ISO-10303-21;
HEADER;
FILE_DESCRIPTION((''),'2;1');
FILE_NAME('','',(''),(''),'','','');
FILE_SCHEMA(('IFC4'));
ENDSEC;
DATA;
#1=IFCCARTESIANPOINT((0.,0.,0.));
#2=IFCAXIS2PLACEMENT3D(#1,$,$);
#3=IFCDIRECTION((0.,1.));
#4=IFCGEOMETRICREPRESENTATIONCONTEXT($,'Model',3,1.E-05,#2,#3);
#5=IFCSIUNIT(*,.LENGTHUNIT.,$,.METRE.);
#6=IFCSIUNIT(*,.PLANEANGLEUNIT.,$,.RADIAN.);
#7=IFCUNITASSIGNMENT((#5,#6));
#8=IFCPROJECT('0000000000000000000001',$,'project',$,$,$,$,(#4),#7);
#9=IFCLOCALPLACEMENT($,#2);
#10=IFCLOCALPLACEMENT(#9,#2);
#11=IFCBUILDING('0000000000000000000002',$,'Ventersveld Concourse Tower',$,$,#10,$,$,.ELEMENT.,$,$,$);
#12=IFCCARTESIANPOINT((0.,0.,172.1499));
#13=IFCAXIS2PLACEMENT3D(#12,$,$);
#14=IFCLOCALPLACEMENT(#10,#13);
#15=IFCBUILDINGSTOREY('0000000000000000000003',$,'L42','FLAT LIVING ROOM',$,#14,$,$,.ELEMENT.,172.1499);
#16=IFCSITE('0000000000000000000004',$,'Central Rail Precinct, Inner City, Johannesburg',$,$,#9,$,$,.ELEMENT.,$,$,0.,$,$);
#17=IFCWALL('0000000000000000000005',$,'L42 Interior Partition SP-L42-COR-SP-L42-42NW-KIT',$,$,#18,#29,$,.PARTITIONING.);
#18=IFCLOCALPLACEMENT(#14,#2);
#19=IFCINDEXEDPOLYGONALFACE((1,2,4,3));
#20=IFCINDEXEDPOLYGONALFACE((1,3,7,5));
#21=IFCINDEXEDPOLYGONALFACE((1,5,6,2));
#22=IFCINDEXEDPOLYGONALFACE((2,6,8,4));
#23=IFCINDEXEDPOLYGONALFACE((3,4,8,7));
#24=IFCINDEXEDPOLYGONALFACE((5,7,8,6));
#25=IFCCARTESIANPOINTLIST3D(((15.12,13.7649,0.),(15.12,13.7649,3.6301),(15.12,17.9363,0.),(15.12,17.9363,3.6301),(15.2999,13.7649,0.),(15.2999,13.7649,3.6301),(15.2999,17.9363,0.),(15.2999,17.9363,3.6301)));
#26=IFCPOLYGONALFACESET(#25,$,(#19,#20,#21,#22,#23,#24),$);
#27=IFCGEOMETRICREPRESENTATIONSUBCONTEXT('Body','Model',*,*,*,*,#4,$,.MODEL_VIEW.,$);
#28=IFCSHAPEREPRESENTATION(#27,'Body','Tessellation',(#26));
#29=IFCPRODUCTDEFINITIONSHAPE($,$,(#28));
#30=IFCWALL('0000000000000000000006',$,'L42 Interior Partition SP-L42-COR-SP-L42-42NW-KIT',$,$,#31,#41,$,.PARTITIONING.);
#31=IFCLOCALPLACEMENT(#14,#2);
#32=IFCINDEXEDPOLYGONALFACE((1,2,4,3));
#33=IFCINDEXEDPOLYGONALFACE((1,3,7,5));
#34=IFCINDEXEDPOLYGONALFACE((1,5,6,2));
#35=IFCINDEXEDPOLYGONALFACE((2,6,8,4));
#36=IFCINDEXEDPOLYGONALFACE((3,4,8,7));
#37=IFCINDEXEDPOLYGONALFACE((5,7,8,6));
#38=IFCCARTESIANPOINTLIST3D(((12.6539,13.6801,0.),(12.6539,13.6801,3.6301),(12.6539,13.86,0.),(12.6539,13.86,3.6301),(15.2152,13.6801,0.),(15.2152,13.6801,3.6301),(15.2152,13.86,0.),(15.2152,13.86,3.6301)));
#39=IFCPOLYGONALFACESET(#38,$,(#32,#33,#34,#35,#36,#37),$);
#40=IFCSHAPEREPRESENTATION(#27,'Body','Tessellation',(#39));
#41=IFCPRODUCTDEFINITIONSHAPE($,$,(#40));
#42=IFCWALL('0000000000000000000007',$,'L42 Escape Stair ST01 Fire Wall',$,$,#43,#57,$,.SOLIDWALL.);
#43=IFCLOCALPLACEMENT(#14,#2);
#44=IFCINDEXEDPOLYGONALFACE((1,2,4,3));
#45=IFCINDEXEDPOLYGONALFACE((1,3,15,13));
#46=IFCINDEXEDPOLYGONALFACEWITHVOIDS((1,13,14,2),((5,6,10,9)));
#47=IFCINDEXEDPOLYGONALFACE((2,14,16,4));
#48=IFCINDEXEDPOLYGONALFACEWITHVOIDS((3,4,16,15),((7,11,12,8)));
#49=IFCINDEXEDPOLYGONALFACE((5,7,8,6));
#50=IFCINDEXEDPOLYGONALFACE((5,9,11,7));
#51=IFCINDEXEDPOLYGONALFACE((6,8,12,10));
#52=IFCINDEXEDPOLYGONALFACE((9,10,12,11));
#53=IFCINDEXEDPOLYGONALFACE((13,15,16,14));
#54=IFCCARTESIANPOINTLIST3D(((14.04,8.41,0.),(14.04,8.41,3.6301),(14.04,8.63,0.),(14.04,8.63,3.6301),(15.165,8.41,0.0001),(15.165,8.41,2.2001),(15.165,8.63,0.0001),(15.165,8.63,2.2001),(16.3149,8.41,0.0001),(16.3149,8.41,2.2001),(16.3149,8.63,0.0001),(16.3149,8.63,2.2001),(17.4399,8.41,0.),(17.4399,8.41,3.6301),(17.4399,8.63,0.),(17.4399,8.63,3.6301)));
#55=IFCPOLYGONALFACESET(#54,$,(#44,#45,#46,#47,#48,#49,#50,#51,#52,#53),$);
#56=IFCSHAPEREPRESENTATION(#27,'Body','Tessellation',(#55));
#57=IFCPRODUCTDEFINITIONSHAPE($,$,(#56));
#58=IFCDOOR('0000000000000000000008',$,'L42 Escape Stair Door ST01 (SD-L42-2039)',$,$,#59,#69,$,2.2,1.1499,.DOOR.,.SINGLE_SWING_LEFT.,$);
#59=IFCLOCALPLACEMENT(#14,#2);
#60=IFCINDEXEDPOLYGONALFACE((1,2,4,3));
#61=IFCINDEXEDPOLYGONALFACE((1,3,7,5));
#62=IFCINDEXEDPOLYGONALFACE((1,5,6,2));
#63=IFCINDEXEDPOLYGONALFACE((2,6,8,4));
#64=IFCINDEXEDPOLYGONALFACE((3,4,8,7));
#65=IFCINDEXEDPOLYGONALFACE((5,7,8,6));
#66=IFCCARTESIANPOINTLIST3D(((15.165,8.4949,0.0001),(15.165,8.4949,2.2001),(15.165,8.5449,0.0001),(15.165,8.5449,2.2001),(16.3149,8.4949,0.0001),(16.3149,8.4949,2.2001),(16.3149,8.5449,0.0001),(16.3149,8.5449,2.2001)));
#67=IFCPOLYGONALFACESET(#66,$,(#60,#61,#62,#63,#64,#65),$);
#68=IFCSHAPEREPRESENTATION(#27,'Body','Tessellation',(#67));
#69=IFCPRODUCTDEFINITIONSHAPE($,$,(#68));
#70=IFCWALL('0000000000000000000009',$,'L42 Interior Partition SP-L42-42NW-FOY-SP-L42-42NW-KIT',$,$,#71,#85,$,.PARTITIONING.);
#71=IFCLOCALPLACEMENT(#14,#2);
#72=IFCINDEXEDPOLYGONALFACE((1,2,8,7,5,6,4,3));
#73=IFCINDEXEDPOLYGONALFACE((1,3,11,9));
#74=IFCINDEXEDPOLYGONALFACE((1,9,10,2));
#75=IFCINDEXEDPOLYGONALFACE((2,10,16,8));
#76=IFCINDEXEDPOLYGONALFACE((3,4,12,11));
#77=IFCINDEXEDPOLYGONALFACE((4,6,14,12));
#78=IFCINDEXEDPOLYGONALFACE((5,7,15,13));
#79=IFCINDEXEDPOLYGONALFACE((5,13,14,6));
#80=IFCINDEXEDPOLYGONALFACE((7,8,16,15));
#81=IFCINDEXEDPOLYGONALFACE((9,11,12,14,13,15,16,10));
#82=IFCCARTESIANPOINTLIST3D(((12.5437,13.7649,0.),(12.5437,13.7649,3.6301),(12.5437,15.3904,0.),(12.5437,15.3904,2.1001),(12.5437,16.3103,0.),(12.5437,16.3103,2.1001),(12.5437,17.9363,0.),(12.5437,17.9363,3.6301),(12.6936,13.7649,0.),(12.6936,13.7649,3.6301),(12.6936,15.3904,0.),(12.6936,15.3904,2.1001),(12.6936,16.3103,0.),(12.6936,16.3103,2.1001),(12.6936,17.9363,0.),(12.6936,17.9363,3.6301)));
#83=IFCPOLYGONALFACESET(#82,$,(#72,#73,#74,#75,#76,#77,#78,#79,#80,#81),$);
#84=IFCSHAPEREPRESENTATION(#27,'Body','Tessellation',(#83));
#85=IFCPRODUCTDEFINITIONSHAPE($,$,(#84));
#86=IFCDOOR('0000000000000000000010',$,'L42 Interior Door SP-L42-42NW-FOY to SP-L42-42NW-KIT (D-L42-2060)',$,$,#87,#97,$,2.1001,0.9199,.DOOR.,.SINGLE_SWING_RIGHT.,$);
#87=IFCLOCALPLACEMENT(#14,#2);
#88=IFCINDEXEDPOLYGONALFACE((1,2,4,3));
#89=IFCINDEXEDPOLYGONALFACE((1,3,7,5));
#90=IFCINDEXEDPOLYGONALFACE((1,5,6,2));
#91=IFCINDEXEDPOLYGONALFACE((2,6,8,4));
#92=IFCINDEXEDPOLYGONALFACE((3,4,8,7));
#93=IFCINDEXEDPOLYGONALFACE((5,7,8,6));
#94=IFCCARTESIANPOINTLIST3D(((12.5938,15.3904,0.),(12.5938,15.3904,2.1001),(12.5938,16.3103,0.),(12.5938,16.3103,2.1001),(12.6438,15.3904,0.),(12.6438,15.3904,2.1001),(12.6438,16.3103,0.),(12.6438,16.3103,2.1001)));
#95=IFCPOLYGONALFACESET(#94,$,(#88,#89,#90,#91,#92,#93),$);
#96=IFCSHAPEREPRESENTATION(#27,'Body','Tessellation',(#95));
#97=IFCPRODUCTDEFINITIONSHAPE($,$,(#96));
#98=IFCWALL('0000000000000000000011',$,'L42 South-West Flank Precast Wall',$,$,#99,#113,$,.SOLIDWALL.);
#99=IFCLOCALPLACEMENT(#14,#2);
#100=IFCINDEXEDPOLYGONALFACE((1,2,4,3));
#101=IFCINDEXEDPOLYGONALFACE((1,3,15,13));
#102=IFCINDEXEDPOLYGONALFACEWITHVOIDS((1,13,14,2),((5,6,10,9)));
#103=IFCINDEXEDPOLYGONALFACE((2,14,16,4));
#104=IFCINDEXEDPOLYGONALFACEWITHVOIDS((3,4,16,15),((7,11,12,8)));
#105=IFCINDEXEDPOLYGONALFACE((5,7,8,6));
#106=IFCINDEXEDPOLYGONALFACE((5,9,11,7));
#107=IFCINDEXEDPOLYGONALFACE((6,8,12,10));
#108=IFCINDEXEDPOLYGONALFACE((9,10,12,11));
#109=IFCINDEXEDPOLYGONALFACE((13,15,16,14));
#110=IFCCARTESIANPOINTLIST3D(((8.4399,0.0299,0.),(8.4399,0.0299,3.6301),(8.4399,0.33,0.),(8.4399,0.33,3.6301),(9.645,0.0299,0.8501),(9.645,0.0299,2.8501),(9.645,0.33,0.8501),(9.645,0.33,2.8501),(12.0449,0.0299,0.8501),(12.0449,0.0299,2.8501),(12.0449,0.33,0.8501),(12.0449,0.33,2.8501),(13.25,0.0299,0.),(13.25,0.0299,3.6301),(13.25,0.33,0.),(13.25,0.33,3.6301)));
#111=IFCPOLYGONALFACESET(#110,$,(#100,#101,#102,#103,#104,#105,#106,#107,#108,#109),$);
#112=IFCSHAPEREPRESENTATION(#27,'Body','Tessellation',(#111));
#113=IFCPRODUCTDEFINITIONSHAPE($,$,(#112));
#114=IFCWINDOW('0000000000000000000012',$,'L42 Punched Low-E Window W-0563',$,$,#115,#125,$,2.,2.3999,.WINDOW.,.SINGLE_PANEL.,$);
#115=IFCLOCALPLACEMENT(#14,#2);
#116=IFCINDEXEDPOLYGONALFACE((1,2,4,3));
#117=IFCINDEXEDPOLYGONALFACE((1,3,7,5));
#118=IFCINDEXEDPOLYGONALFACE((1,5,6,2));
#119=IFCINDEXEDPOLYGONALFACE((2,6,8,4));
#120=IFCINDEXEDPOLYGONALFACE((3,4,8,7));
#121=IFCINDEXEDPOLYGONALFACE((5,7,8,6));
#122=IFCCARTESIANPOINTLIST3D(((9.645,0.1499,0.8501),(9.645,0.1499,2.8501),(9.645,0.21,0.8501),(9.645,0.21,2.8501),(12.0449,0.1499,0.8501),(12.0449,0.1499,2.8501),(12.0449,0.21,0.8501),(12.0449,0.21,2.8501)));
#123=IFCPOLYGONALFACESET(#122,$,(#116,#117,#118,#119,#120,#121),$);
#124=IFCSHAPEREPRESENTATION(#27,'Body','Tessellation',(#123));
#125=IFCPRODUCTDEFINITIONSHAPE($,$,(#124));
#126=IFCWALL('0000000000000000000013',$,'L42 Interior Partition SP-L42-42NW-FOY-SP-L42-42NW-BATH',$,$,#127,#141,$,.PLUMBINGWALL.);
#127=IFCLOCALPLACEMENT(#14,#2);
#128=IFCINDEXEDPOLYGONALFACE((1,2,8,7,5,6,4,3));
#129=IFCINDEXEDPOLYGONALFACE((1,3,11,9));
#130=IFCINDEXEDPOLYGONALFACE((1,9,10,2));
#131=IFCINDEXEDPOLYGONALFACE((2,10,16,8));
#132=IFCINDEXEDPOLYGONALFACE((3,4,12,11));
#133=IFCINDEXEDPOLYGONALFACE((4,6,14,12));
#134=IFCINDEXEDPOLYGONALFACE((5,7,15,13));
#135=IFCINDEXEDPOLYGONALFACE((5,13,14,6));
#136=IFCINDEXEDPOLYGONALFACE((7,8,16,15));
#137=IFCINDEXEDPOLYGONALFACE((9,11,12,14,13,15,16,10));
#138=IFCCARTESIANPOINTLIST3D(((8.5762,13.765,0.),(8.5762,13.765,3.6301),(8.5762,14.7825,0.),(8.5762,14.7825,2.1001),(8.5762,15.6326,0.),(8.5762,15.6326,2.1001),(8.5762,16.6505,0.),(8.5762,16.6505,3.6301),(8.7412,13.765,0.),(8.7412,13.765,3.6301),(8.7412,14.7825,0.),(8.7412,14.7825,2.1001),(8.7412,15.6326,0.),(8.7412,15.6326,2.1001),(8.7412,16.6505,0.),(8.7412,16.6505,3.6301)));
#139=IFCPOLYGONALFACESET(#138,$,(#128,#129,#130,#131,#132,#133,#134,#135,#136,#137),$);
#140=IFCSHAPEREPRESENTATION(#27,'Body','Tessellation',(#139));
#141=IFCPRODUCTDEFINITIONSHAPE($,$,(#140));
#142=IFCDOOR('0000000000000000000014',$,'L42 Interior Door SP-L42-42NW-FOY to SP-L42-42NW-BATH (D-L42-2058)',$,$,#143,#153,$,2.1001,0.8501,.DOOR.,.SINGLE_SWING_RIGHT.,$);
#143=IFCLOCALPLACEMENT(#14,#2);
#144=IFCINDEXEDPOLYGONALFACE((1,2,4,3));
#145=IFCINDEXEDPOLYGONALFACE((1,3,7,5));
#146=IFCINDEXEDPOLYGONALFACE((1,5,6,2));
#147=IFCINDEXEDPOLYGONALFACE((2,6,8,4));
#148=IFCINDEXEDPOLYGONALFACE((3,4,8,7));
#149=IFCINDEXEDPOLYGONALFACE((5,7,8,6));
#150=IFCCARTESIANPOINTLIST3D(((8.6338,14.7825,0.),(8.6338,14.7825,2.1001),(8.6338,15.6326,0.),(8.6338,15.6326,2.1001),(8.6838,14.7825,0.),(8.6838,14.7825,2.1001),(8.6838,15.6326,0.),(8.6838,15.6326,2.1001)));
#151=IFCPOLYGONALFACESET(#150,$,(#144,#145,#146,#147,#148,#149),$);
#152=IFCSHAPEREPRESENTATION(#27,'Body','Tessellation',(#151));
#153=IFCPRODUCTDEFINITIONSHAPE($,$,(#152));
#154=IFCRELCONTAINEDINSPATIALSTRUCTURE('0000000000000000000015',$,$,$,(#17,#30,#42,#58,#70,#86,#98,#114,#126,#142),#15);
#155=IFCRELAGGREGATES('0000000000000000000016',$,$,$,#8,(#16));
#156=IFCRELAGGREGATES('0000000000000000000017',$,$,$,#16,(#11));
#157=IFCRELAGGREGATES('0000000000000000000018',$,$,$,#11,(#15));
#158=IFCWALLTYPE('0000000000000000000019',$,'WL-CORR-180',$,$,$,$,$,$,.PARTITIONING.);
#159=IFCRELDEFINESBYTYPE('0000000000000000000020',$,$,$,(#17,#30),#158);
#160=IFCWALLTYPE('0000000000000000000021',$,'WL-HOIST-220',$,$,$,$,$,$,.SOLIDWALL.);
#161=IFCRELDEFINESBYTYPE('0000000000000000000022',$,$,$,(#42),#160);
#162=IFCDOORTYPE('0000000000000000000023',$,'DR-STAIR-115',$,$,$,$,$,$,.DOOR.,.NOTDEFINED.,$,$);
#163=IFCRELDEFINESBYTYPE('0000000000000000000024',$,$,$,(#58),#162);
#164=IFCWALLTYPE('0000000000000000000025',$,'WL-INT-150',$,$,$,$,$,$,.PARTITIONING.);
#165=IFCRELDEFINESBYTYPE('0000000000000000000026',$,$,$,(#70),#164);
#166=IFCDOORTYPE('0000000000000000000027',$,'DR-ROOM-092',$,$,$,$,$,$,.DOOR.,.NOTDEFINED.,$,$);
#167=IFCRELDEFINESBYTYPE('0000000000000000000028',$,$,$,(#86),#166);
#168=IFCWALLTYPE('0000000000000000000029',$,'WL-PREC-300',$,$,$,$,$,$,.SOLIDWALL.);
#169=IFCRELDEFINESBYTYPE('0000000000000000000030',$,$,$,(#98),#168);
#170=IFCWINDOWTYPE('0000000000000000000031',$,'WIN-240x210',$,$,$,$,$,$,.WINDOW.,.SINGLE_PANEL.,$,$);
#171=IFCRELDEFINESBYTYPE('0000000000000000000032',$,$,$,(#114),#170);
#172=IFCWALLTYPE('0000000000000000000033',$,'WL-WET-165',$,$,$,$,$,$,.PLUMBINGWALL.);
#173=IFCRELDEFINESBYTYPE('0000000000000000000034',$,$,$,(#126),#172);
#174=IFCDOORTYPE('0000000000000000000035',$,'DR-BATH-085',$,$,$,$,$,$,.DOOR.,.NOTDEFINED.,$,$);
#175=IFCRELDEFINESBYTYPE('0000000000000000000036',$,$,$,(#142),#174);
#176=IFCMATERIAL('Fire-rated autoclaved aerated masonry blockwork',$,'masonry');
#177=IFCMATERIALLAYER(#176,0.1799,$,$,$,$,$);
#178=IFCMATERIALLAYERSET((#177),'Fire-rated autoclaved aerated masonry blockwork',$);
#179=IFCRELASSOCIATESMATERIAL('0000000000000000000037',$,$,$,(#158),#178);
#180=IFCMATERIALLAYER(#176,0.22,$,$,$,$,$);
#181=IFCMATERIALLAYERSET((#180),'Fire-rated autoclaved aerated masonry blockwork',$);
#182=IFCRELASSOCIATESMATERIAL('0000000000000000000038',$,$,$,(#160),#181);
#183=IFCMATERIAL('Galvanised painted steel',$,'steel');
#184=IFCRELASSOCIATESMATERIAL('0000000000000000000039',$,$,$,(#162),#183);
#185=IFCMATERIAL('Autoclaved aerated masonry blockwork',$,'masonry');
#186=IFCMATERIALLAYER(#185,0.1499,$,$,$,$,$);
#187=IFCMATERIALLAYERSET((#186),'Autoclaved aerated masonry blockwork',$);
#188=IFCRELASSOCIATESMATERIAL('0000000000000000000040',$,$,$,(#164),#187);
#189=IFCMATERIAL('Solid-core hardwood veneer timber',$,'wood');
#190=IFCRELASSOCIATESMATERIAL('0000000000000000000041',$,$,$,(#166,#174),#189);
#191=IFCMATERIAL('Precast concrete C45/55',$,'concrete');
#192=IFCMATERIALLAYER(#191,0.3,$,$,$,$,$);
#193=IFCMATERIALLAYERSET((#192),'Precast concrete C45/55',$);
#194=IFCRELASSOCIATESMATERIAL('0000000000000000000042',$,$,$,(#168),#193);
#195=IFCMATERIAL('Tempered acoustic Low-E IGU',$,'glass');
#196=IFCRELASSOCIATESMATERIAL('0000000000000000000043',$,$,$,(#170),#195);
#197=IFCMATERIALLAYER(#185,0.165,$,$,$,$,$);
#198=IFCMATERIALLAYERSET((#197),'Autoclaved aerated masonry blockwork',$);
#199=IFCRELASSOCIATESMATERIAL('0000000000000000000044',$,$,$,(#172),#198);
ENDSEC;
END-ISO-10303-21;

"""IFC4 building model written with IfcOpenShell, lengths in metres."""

from ifc_helpers import new_model, si_unit, direction, frame, frame_2d, origin, place, context, subcontext, project, spatial, rectangle, extrude, material, layer, layer_set, type_object, element, fill, save


model = new_model("IFC4")

# Units and contexts
model_context = context("Model", 3, precision=1e-05, world=origin(), true_north=direction((0.0, 1.0)))
body_context = subcontext(model_context, "Body", "Model", "MODEL_VIEW")
ifc_project = project(units=[si_unit("LENGTHUNIT", "METRE"), si_unit("PLANEANGLEUNIT", "RADIAN")], contexts=[model_context])

# Site, building, storey
site_placement = place(None, origin())
site = spatial("IfcSite", under=ifc_project, at=site_placement, Name="Central Rail Precinct, Inner City, Johannesburg", CompositionType="ELEMENT", RefElevation=0.0)
building_placement = place(site_placement, origin())
building = spatial("IfcBuilding", under=site, at=building_placement, Name="Ventersveld Concourse Tower", CompositionType="ELEMENT")
storey_placement = place(building_placement, frame((0.0, 0.0, 172.1499)))
storey = spatial("IfcBuildingStorey", under=building, at=storey_placement, Name="L42", Description="FLAT LIVING ROOM", CompositionType="ELEMENT", Elevation=172.1499)

# Shared definitions
ifc_material_1 = material(Name="Fire-rated autoclaved aerated masonry blockwork", Category="masonry")
ifc_layer_1 = layer(ifc_material_1, 0.1799)
ifc_layer_set_1 = layer_set([ifc_layer_1], Name="Fire-rated autoclaved aerated masonry blockwork")
wall_type_1 = type_object("IfcWallType", Name="WL-CORR-180", PredefinedType="PARTITIONING", material=ifc_layer_set_1)
ifc_material_2 = material(Name="Solid-core hardwood veneer timber", Category="wood")

# Walls
wall_1_placement = place(storey_placement, frame((15.21, 13.7649, 0.0), z_axis=(0.0, 0.0, 1.0), x_axis=(0.0, 1.0, 0.0)))
element("IfcWall", 1, at=wall_1_placement, inside=storey, type_object=wall_type_1, Name="L42 Interior Partition SP-L42-COR-SP-L42-42NW-KIT", PredefinedType="PARTITIONING", context=body_context, shape_type="SweptSolid", body=[
    extrude(rectangle(XDim=4.1714, YDim=0.1799, at=frame_2d((2.0857, 0.0))), origin(), (0.0, 0.0, 1.0), 3.6301),
])
wall_2_placement = place(storey_placement, frame((12.6538, 13.77, 0.0), z_axis=(0.0, 0.0, 1.0), x_axis=(1.0, 0.0, 0.0)))
element("IfcWall", 2, at=wall_2_placement, inside=storey, type_object=wall_type_1, Name="L42 Interior Partition SP-L42-COR-SP-L42-42NW-KIT", PredefinedType="PARTITIONING", context=body_context, shape_type="SweptSolid", body=[
    extrude(rectangle(XDim=2.5613, YDim=0.1799, at=frame_2d((1.2808, 0.0))), origin(), (0.0, 0.0, 1.0), 3.6301),
])

# Walls, openings, doors
ifc_layer_2 = layer(ifc_material_1, 0.22)
ifc_layer_set_2 = layer_set([ifc_layer_2], Name="Fire-rated autoclaved aerated masonry blockwork")
wall_type_2 = type_object("IfcWallType", Name="WL-HOIST-220", PredefinedType="SOLIDWALL", material=ifc_layer_set_2)
wall_3_placement = place(storey_placement, frame((14.04, 8.52, 0.0), z_axis=(0.0, 0.0, 1.0), x_axis=(1.0, 0.0, 0.0)))
wall_3 = element("IfcWall", 3, at=wall_3_placement, inside=storey, type_object=wall_type_2, Name="L42 Escape Stair ST01 Fire Wall", PredefinedType="SOLIDWALL", context=body_context, shape_type="SweptSolid", body=[
    extrude(rectangle(XDim=3.3999, YDim=0.22, at=frame_2d((1.7, 0.0))), origin(), (0.0, 0.0, 1.0), 3.6301),
])
opening_1_placement = place(wall_3_placement, frame((1.125, 0.0, 0.0)))
opening_1 = element("IfcOpeningElement", 4, at=opening_1_placement, cuts=wall_3, PredefinedType="OPENING", context=body_context, shape_type="SweptSolid", body=[
    extrude(rectangle(XDim=1.1499, YDim=2.2, at=frame_2d((0.575, 1.1001))), frame((0.0, 0.1201, 0.0), z_axis=(0.0, -1.0, 0.0), x_axis=(1.0, 0.0, 0.0)), (0.0, 0.0, 1.0), 0.24),
])
ifc_material_3 = material(Name="Galvanised painted steel", Category="steel")
door_type_1 = type_object("IfcDoorType", Name="DR-STAIR-115", OperationType="NOTDEFINED", PredefinedType="DOOR", material=ifc_material_3)
door_1_placement = place(opening_1_placement, origin())
door_1 = element("IfcDoor", 5, at=door_1_placement, inside=storey, type_object=door_type_1, Name="L42 Escape Stair Door ST01 (SD-L42-2039)", OperationType="SINGLE_SWING_LEFT", OverallHeight=2.2, OverallWidth=1.1499, PredefinedType="DOOR", context=body_context, shape_type="SweptSolid", body=[
    extrude(rectangle(XDim=1.1499, YDim=2.2, at=frame_2d((0.575, 1.1001))), frame((0.0, 0.0249, 0.0), z_axis=(0.0, -1.0, 0.0), x_axis=(1.0, 0.0, 0.0)), (0.0, 0.0, 1.0), 0.05),
])
fill(opening_1, door_1)
ifc_material_4 = material(Name="Autoclaved aerated masonry blockwork", Category="masonry")
ifc_layer_3 = layer(ifc_material_4, 0.1499)
ifc_layer_set_3 = layer_set([ifc_layer_3], Name="Autoclaved aerated masonry blockwork")
wall_type_3 = type_object("IfcWallType", Name="WL-INT-150", PredefinedType="PARTITIONING", material=ifc_layer_set_3)
wall_4_placement = place(storey_placement, frame((12.6187, 13.7649, 0.0), z_axis=(0.0, 0.0, 1.0), x_axis=(0.0, 1.0, 0.0)))
wall_4 = element("IfcWall", 6, at=wall_4_placement, inside=storey, type_object=wall_type_3, Name="L42 Interior Partition SP-L42-42NW-FOY-SP-L42-42NW-KIT", PredefinedType="PARTITIONING", context=body_context, shape_type="SweptSolid", body=[
    extrude(rectangle(XDim=4.1714, YDim=0.1499, at=frame_2d((2.0857, 0.0))), origin(), (0.0, 0.0, 1.0), 3.6301),
])
opening_2_placement = place(wall_4_placement, frame((1.6255, 0.0, 0.0)))
opening_2 = element("IfcOpeningElement", 7, at=opening_2_placement, cuts=wall_4, PredefinedType="OPENING", context=body_context, shape_type="SweptSolid", body=[
    extrude(rectangle(XDim=0.9199, YDim=2.1001, at=frame_2d((0.46, 1.05))), frame((0.0, 0.085, 0.0), z_axis=(0.0, -1.0, 0.0), x_axis=(1.0, 0.0, 0.0)), (0.0, 0.0, 1.0), 0.1699),
])
door_type_2 = type_object("IfcDoorType", Name="DR-ROOM-092", OperationType="NOTDEFINED", PredefinedType="DOOR", material=ifc_material_2)
door_2_placement = place(opening_2_placement, origin())
door_2 = element("IfcDoor", 8, at=door_2_placement, inside=storey, type_object=door_type_2, Name="L42 Interior Door SP-L42-42NW-FOY to SP-L42-42NW-KIT (D-L42-2060)", OperationType="SINGLE_SWING_RIGHT", OverallHeight=2.1001, OverallWidth=0.9199, PredefinedType="DOOR", context=body_context, shape_type="SweptSolid", body=[
    extrude(rectangle(XDim=0.9199, YDim=2.1001, at=frame_2d((0.46, 1.05))), frame((0.0, 0.0249, 0.0), z_axis=(0.0, -1.0, 0.0), x_axis=(1.0, 0.0, 0.0)), (0.0, 0.0, 1.0), 0.05),
])
fill(opening_2, door_2)

# Wall, opening, window
ifc_material_5 = material(Name="Precast concrete C45/55", Category="concrete")
ifc_layer_4 = layer(ifc_material_5, 0.3)
ifc_layer_set_4 = layer_set([ifc_layer_4], Name="Precast concrete C45/55")
wall_type_4 = type_object("IfcWallType", Name="WL-PREC-300", PredefinedType="SOLIDWALL", material=ifc_layer_set_4)
wall_5_placement = place(storey_placement, frame((8.4399, 0.1799, 0.0), z_axis=(0.0, 0.0, 1.0), x_axis=(1.0, 0.0, 0.0)))
wall_5 = element("IfcWall", 9, at=wall_5_placement, inside=storey, type_object=wall_type_4, Name="L42 South-West Flank Precast Wall", PredefinedType="SOLIDWALL", context=body_context, shape_type="SweptSolid", body=[
    extrude(rectangle(XDim=4.8101, YDim=0.3, at=frame_2d((2.405, 0.0))), origin(), (0.0, 0.0, 1.0), 3.6301),
])
opening_3_placement = place(wall_5_placement, frame((1.2051, 0.0, 0.8501)))
opening_3 = element("IfcOpeningElement", 10, at=opening_3_placement, cuts=wall_5, PredefinedType="OPENING", context=body_context, shape_type="SweptSolid", body=[
    extrude(rectangle(XDim=2.3999, YDim=2.0, at=frame_2d((1.2, 1.0))), frame((0.0, 0.1602, 0.0), z_axis=(0.0, -1.0, 0.0), x_axis=(1.0, 0.0, 0.0)), (0.0, 0.0, 1.0), 0.3201),
])
ifc_material_6 = material(Name="Tempered acoustic Low-E IGU", Category="glass")
window_type = type_object("IfcWindowType", Name="WIN-240x210", PartitioningType="SINGLE_PANEL", PredefinedType="WINDOW", material=ifc_material_6)
window_placement = place(opening_3_placement, origin())
window = element("IfcWindow", 11, at=window_placement, inside=storey, type_object=window_type, Name="L42 Punched Low-E Window W-0563", OverallHeight=2.0, OverallWidth=2.3999, PartitioningType="SINGLE_PANEL", PredefinedType="WINDOW", context=body_context, shape_type="SweptSolid", body=[
    extrude(rectangle(XDim=2.3999, YDim=2.0, at=frame_2d((1.2, 1.0))), frame((0.0, 0.03, 0.0), z_axis=(0.0, -1.0, 0.0), x_axis=(1.0, 0.0, 0.0)), (0.0, 0.0, 1.0), 0.0601),
])
fill(opening_3, window)

# Wall, opening, door
ifc_layer_5 = layer(ifc_material_4, 0.165)
ifc_layer_set_5 = layer_set([ifc_layer_5], Name="Autoclaved aerated masonry blockwork")
wall_type_5 = type_object("IfcWallType", Name="WL-WET-165", PredefinedType="PLUMBINGWALL", material=ifc_layer_set_5)
wall_6_placement = place(storey_placement, frame((8.6587, 13.7649, 0.0), z_axis=(0.0, 0.0, 1.0), x_axis=(0.0, 1.0, 0.0)))
wall_6 = element("IfcWall", 12, at=wall_6_placement, inside=storey, type_object=wall_type_5, Name="L42 Interior Partition SP-L42-42NW-FOY-SP-L42-42NW-BATH", PredefinedType="PLUMBINGWALL", context=body_context, shape_type="SweptSolid", body=[
    extrude(rectangle(XDim=2.8855, YDim=0.165, at=frame_2d((1.4429, 0.0))), origin(), (0.0, 0.0, 1.0), 3.6301),
])
opening_4_placement = place(wall_6_placement, frame((1.0176, 0.0, 0.0)))
opening_4 = element("IfcOpeningElement", 13, at=opening_4_placement, cuts=wall_6, PredefinedType="OPENING", context=body_context, shape_type="SweptSolid", body=[
    extrude(rectangle(XDim=0.8501, YDim=2.1001, at=frame_2d((0.425, 1.05))), frame((0.0, 0.0925, 0.0), z_axis=(0.0, -1.0, 0.0), x_axis=(1.0, 0.0, 0.0)), (0.0, 0.0, 1.0), 0.1851),
])
door_type_3 = type_object("IfcDoorType", Name="DR-BATH-085", OperationType="NOTDEFINED", PredefinedType="DOOR", material=ifc_material_2)
door_3_placement = place(opening_4_placement, origin())
door_3 = element("IfcDoor", 14, at=door_3_placement, inside=storey, type_object=door_type_3, Name="L42 Interior Door SP-L42-42NW-FOY to SP-L42-42NW-BATH (D-L42-2058)", OperationType="SINGLE_SWING_RIGHT", OverallHeight=2.1001, OverallWidth=0.8501, PredefinedType="DOOR", context=body_context, shape_type="SweptSolid", body=[
    extrude(rectangle(XDim=0.8501, YDim=2.1001, at=frame_2d((0.425, 1.05))), frame((0.0, 0.0249, 0.0), z_axis=(0.0, -1.0, 0.0), x_axis=(1.0, 0.0, 0.0)), (0.0, 0.0, 1.0), 0.05),
])
fill(opening_4, door_3)

save(model, "model.ifc")
